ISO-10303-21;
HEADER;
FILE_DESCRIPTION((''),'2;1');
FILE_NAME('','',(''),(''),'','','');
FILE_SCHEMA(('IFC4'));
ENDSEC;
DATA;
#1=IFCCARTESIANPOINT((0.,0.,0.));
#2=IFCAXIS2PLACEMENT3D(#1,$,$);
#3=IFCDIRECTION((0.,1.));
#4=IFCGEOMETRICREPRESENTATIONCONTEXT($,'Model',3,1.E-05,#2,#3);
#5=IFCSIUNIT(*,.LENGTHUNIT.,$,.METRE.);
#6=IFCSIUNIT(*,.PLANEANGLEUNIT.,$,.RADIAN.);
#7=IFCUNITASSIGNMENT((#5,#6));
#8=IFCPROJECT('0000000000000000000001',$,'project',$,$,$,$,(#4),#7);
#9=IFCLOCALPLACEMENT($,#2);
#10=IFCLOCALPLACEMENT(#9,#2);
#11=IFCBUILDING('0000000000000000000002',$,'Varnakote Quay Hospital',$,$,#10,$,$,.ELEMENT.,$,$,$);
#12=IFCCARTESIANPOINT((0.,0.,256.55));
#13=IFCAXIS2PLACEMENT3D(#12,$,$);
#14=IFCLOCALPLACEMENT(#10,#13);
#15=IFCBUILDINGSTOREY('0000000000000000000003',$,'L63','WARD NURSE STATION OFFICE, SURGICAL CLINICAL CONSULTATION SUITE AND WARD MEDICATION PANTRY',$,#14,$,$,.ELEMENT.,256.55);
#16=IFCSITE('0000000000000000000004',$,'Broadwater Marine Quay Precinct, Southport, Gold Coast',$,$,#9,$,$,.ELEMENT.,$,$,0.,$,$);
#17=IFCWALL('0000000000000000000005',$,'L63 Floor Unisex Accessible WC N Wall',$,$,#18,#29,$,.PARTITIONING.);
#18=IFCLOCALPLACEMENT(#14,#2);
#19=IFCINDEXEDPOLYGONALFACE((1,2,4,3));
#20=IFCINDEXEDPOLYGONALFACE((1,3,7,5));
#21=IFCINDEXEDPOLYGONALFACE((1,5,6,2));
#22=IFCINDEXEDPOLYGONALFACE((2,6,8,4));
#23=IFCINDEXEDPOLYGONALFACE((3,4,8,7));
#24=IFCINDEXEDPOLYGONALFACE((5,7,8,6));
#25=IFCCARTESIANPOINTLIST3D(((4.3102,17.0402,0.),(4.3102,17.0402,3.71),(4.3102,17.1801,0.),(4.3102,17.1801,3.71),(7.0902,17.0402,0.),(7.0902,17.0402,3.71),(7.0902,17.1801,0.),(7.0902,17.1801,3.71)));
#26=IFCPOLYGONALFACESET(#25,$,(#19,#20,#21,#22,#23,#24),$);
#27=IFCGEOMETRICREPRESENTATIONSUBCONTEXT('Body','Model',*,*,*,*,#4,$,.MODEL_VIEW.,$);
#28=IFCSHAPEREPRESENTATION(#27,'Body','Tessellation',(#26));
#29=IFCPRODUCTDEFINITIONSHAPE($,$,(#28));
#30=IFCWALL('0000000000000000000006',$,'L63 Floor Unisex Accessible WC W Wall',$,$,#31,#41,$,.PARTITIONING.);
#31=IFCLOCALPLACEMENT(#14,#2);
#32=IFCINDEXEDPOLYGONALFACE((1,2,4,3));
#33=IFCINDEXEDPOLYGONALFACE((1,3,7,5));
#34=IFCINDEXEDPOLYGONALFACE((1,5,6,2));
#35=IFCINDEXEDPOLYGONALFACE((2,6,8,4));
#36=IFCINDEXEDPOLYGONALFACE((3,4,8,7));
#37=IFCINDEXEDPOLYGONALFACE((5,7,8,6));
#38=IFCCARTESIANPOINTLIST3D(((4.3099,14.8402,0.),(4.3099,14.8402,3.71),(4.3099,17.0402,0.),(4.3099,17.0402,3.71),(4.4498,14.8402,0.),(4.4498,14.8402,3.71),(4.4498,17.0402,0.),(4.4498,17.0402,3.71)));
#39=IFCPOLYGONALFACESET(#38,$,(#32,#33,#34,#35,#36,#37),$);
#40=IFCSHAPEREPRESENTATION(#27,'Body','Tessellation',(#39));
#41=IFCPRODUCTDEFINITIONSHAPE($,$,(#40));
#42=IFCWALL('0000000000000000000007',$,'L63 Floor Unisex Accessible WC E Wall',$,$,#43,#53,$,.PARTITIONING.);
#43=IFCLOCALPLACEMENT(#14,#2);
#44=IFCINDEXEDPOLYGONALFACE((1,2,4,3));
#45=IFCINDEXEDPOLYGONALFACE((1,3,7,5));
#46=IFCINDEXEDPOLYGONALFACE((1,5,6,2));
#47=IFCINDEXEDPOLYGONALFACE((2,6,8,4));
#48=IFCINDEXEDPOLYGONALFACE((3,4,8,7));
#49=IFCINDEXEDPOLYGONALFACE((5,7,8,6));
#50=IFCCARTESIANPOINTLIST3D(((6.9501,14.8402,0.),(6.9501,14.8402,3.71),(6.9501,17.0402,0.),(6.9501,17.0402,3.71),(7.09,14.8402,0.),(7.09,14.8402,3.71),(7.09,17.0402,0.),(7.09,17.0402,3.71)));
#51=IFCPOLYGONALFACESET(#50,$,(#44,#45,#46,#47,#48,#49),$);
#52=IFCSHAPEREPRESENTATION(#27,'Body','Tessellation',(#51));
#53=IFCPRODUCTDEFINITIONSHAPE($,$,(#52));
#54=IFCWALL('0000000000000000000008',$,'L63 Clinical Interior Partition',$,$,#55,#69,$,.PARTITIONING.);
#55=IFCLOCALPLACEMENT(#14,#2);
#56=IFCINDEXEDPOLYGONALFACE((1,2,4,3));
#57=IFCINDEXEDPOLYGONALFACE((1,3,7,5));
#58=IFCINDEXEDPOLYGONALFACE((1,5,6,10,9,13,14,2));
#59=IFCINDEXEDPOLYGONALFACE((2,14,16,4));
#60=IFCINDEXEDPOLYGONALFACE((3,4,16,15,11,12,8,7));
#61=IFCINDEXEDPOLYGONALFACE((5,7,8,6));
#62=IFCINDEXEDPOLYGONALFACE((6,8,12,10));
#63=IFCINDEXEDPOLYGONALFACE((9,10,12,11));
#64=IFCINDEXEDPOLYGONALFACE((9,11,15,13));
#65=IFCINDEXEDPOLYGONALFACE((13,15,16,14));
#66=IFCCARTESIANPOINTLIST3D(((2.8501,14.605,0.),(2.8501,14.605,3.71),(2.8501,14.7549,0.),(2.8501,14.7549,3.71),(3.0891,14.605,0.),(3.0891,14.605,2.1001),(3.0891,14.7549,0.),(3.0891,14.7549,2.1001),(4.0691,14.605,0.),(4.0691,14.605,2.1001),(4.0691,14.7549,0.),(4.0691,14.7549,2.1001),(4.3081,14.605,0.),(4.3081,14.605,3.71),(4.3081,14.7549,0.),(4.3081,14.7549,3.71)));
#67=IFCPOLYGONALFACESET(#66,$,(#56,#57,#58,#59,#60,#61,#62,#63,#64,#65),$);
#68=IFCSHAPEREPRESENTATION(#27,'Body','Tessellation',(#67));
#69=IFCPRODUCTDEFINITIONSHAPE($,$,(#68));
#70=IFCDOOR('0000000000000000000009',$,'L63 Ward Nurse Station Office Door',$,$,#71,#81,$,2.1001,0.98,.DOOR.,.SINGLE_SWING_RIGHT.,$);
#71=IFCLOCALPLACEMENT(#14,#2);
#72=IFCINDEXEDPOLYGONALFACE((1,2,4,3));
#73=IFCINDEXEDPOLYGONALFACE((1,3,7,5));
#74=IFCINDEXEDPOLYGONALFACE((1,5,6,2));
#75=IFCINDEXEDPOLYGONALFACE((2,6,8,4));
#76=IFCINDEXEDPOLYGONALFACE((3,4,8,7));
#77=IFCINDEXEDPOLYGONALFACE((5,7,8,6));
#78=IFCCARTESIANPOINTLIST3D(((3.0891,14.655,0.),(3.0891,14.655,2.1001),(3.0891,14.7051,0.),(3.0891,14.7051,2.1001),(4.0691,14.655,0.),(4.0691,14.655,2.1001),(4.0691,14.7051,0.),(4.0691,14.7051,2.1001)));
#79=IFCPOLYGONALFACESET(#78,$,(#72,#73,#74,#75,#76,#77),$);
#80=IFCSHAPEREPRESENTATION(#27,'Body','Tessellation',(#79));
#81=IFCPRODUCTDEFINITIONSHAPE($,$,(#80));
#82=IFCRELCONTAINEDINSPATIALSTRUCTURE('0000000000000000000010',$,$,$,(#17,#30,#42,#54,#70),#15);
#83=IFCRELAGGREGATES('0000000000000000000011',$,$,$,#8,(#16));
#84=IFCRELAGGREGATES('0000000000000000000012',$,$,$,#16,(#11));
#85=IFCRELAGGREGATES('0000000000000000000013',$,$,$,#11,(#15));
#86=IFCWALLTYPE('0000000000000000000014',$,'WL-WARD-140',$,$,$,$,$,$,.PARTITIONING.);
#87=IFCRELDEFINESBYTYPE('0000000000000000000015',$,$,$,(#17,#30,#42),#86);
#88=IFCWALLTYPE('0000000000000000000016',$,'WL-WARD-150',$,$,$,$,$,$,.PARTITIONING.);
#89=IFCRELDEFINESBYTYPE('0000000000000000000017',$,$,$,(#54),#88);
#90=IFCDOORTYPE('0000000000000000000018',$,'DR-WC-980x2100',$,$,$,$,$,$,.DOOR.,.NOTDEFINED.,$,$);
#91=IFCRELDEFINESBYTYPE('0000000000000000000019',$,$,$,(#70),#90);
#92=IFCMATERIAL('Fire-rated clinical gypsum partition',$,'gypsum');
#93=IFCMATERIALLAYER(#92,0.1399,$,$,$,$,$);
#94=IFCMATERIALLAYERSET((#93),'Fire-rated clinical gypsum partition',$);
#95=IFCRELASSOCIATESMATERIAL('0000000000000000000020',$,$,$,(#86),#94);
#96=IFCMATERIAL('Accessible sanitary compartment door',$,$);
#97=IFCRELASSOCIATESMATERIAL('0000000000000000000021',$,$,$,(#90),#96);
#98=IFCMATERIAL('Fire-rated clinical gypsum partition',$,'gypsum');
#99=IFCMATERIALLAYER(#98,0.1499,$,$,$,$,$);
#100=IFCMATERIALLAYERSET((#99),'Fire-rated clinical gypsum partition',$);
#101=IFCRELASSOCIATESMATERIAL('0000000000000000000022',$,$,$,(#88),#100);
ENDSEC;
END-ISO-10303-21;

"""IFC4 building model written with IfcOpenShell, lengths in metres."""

from ifc_helpers import new_model, si_unit, direction, frame, frame_2d, origin, place, context, subcontext, project, spatial, rectangle, extrude, material, layer, layer_set, type_object, element, fill, save


model = new_model("IFC4")

# Units and contexts
model_context = context("Model", 3, precision=1e-05, world=origin(), true_north=direction((0.0, 1.0)))
body_context = subcontext(model_context, "Body", "Model", "MODEL_VIEW")
ifc_project = project(units=[si_unit("LENGTHUNIT", "METRE"), si_unit("PLANEANGLEUNIT", "RADIAN")], contexts=[model_context])

# Site, building, storey
site_placement = place(None, origin())
site = spatial("IfcSite", under=ifc_project, at=site_placement, Name="Broadwater Marine Quay Precinct, Southport, Gold Coast", CompositionType="ELEMENT", RefElevation=0.0)
building_placement = place(site_placement, origin())
building = spatial("IfcBuilding", under=site, at=building_placement, Name="Varnakote Quay Hospital", CompositionType="ELEMENT")
storey_placement = place(building_placement, frame((0.0, 0.0, 256.55)))
storey = spatial("IfcBuildingStorey", under=building, at=storey_placement, Name="L63", Description="WARD NURSE STATION OFFICE, SURGICAL CLINICAL CONSULTATION SUITE AND WARD MEDICATION PANTRY", CompositionType="ELEMENT", Elevation=256.55)

# Shared definitions
ifc_material_1 = material(Name="Fire-rated clinical gypsum partition", Category="gypsum")
ifc_layer_1 = layer(ifc_material_1, 0.1399)
ifc_layer_set_1 = layer_set([ifc_layer_1], Name="Fire-rated clinical gypsum partition")
wall_type_1 = type_object("IfcWallType", Name="WL-WARD-140", PredefinedType="PARTITIONING", material=ifc_layer_set_1)
ifc_material_2 = material(Name="Accessible sanitary compartment door")
door_type_1 = type_object("IfcDoorType", Name="DR-WC-980x2100", OperationType="NOTDEFINED", PredefinedType="DOOR", material=ifc_material_2)

# Walls
wall_1_placement = place(storey_placement, frame((4.3101, 17.1101, 0.0), z_axis=(0.0, 0.0, 1.0), x_axis=(1.0, 0.0, 0.0)))
element("IfcWall", 1, at=wall_1_placement, inside=storey, type_object=wall_type_1, Name="L63 Floor Unisex Accessible WC N Wall", PredefinedType="PARTITIONING", context=body_context, shape_type="SweptSolid", body=[
    extrude(rectangle(XDim=2.78, YDim=0.1399, at=frame_2d((1.3901, 0.0))), origin(), (0.0, 0.0, 1.0), 3.71),
])
for number, where, z_axis, x_axis, name in (
    (2, (4.3799, 14.8401, 0.0), (0.0, 0.0, 1.0), (0.0, 1.0, 0.0), "L63 Floor Unisex Accessible WC W Wall"),
    (3, (7.02, 14.8401, 0.0), (0.0, 0.0, 1.0), (0.0, 1.0, 0.0), "L63 Floor Unisex Accessible WC E Wall"),
):
    element("IfcWall", number, at=place(storey_placement, frame(where, z_axis=z_axis, x_axis=x_axis)), inside=storey, type_object=wall_type_1, Name=name, PredefinedType="PARTITIONING", context=body_context, shape_type="SweptSolid", body=[
        extrude(rectangle(XDim=2.2, YDim=0.1399, at=frame_2d((1.1001, 0.0))), origin(), (0.0, 0.0, 1.0), 3.71),
    ])

# Wall, opening, door
ifc_material_3 = material(Name="Fire-rated clinical gypsum partition", Category="gypsum")
ifc_layer_2 = layer(ifc_material_3, 0.1499)
ifc_layer_set_2 = layer_set([ifc_layer_2], Name="Fire-rated clinical gypsum partition")
wall_type_2 = type_object("IfcWallType", Name="WL-WARD-150", PredefinedType="PARTITIONING", material=ifc_layer_set_2)
wall_2_placement = place(storey_placement, frame((4.3081, 14.6799, 0.0), z_axis=(0.0, 0.0, 1.0), x_axis=(-1.0, 0.0, 0.0)))
wall_2 = element("IfcWall", 4, at=wall_2_placement, inside=storey, type_object=wall_type_2, Name="L63 Clinical Interior Partition", PredefinedType="PARTITIONING", context=body_context, shape_type="SweptSolid", body=[
    extrude(rectangle(XDim=1.458, YDim=0.1499, at=frame_2d((0.729, 0.0))), origin(), (0.0, 0.0, 1.0), 3.71),
])
opening_1_placement = place(wall_2_placement, frame((0.239, 0.0, 0.0)))
opening_1 = element("IfcOpeningElement", 5, at=opening_1_placement, cuts=wall_2, PredefinedType="OPENING", context=body_context, shape_type="SweptSolid", body=[
    extrude(rectangle(XDim=0.98, YDim=2.1001, at=frame_2d((0.49, 1.05))), frame((0.0, 0.085, 0.0), z_axis=(0.0, -1.0, 0.0), x_axis=(1.0, 0.0, 0.0)), (0.0, 0.0, 1.0), 0.1699),
])
door_1_placement = place(opening_1_placement, origin())
door_1 = element("IfcDoor", 6, at=door_1_placement, inside=storey, type_object=door_type_1, Name="L63 Ward Nurse Station Office Door", OperationType="SINGLE_SWING_RIGHT", OverallHeight=2.1001, OverallWidth=0.98, PredefinedType="DOOR", context=body_context, shape_type="SweptSolid", body=[
    extrude(rectangle(XDim=0.98, YDim=2.1001, at=frame_2d((0.49, 1.05))), frame((0.0, 0.0249, 0.0), z_axis=(0.0, -1.0, 0.0), x_axis=(1.0, 0.0, 0.0)), (0.0, 0.0, 1.0), 0.05),
])
fill(opening_1, door_1)

save(model, "model.ifc")
